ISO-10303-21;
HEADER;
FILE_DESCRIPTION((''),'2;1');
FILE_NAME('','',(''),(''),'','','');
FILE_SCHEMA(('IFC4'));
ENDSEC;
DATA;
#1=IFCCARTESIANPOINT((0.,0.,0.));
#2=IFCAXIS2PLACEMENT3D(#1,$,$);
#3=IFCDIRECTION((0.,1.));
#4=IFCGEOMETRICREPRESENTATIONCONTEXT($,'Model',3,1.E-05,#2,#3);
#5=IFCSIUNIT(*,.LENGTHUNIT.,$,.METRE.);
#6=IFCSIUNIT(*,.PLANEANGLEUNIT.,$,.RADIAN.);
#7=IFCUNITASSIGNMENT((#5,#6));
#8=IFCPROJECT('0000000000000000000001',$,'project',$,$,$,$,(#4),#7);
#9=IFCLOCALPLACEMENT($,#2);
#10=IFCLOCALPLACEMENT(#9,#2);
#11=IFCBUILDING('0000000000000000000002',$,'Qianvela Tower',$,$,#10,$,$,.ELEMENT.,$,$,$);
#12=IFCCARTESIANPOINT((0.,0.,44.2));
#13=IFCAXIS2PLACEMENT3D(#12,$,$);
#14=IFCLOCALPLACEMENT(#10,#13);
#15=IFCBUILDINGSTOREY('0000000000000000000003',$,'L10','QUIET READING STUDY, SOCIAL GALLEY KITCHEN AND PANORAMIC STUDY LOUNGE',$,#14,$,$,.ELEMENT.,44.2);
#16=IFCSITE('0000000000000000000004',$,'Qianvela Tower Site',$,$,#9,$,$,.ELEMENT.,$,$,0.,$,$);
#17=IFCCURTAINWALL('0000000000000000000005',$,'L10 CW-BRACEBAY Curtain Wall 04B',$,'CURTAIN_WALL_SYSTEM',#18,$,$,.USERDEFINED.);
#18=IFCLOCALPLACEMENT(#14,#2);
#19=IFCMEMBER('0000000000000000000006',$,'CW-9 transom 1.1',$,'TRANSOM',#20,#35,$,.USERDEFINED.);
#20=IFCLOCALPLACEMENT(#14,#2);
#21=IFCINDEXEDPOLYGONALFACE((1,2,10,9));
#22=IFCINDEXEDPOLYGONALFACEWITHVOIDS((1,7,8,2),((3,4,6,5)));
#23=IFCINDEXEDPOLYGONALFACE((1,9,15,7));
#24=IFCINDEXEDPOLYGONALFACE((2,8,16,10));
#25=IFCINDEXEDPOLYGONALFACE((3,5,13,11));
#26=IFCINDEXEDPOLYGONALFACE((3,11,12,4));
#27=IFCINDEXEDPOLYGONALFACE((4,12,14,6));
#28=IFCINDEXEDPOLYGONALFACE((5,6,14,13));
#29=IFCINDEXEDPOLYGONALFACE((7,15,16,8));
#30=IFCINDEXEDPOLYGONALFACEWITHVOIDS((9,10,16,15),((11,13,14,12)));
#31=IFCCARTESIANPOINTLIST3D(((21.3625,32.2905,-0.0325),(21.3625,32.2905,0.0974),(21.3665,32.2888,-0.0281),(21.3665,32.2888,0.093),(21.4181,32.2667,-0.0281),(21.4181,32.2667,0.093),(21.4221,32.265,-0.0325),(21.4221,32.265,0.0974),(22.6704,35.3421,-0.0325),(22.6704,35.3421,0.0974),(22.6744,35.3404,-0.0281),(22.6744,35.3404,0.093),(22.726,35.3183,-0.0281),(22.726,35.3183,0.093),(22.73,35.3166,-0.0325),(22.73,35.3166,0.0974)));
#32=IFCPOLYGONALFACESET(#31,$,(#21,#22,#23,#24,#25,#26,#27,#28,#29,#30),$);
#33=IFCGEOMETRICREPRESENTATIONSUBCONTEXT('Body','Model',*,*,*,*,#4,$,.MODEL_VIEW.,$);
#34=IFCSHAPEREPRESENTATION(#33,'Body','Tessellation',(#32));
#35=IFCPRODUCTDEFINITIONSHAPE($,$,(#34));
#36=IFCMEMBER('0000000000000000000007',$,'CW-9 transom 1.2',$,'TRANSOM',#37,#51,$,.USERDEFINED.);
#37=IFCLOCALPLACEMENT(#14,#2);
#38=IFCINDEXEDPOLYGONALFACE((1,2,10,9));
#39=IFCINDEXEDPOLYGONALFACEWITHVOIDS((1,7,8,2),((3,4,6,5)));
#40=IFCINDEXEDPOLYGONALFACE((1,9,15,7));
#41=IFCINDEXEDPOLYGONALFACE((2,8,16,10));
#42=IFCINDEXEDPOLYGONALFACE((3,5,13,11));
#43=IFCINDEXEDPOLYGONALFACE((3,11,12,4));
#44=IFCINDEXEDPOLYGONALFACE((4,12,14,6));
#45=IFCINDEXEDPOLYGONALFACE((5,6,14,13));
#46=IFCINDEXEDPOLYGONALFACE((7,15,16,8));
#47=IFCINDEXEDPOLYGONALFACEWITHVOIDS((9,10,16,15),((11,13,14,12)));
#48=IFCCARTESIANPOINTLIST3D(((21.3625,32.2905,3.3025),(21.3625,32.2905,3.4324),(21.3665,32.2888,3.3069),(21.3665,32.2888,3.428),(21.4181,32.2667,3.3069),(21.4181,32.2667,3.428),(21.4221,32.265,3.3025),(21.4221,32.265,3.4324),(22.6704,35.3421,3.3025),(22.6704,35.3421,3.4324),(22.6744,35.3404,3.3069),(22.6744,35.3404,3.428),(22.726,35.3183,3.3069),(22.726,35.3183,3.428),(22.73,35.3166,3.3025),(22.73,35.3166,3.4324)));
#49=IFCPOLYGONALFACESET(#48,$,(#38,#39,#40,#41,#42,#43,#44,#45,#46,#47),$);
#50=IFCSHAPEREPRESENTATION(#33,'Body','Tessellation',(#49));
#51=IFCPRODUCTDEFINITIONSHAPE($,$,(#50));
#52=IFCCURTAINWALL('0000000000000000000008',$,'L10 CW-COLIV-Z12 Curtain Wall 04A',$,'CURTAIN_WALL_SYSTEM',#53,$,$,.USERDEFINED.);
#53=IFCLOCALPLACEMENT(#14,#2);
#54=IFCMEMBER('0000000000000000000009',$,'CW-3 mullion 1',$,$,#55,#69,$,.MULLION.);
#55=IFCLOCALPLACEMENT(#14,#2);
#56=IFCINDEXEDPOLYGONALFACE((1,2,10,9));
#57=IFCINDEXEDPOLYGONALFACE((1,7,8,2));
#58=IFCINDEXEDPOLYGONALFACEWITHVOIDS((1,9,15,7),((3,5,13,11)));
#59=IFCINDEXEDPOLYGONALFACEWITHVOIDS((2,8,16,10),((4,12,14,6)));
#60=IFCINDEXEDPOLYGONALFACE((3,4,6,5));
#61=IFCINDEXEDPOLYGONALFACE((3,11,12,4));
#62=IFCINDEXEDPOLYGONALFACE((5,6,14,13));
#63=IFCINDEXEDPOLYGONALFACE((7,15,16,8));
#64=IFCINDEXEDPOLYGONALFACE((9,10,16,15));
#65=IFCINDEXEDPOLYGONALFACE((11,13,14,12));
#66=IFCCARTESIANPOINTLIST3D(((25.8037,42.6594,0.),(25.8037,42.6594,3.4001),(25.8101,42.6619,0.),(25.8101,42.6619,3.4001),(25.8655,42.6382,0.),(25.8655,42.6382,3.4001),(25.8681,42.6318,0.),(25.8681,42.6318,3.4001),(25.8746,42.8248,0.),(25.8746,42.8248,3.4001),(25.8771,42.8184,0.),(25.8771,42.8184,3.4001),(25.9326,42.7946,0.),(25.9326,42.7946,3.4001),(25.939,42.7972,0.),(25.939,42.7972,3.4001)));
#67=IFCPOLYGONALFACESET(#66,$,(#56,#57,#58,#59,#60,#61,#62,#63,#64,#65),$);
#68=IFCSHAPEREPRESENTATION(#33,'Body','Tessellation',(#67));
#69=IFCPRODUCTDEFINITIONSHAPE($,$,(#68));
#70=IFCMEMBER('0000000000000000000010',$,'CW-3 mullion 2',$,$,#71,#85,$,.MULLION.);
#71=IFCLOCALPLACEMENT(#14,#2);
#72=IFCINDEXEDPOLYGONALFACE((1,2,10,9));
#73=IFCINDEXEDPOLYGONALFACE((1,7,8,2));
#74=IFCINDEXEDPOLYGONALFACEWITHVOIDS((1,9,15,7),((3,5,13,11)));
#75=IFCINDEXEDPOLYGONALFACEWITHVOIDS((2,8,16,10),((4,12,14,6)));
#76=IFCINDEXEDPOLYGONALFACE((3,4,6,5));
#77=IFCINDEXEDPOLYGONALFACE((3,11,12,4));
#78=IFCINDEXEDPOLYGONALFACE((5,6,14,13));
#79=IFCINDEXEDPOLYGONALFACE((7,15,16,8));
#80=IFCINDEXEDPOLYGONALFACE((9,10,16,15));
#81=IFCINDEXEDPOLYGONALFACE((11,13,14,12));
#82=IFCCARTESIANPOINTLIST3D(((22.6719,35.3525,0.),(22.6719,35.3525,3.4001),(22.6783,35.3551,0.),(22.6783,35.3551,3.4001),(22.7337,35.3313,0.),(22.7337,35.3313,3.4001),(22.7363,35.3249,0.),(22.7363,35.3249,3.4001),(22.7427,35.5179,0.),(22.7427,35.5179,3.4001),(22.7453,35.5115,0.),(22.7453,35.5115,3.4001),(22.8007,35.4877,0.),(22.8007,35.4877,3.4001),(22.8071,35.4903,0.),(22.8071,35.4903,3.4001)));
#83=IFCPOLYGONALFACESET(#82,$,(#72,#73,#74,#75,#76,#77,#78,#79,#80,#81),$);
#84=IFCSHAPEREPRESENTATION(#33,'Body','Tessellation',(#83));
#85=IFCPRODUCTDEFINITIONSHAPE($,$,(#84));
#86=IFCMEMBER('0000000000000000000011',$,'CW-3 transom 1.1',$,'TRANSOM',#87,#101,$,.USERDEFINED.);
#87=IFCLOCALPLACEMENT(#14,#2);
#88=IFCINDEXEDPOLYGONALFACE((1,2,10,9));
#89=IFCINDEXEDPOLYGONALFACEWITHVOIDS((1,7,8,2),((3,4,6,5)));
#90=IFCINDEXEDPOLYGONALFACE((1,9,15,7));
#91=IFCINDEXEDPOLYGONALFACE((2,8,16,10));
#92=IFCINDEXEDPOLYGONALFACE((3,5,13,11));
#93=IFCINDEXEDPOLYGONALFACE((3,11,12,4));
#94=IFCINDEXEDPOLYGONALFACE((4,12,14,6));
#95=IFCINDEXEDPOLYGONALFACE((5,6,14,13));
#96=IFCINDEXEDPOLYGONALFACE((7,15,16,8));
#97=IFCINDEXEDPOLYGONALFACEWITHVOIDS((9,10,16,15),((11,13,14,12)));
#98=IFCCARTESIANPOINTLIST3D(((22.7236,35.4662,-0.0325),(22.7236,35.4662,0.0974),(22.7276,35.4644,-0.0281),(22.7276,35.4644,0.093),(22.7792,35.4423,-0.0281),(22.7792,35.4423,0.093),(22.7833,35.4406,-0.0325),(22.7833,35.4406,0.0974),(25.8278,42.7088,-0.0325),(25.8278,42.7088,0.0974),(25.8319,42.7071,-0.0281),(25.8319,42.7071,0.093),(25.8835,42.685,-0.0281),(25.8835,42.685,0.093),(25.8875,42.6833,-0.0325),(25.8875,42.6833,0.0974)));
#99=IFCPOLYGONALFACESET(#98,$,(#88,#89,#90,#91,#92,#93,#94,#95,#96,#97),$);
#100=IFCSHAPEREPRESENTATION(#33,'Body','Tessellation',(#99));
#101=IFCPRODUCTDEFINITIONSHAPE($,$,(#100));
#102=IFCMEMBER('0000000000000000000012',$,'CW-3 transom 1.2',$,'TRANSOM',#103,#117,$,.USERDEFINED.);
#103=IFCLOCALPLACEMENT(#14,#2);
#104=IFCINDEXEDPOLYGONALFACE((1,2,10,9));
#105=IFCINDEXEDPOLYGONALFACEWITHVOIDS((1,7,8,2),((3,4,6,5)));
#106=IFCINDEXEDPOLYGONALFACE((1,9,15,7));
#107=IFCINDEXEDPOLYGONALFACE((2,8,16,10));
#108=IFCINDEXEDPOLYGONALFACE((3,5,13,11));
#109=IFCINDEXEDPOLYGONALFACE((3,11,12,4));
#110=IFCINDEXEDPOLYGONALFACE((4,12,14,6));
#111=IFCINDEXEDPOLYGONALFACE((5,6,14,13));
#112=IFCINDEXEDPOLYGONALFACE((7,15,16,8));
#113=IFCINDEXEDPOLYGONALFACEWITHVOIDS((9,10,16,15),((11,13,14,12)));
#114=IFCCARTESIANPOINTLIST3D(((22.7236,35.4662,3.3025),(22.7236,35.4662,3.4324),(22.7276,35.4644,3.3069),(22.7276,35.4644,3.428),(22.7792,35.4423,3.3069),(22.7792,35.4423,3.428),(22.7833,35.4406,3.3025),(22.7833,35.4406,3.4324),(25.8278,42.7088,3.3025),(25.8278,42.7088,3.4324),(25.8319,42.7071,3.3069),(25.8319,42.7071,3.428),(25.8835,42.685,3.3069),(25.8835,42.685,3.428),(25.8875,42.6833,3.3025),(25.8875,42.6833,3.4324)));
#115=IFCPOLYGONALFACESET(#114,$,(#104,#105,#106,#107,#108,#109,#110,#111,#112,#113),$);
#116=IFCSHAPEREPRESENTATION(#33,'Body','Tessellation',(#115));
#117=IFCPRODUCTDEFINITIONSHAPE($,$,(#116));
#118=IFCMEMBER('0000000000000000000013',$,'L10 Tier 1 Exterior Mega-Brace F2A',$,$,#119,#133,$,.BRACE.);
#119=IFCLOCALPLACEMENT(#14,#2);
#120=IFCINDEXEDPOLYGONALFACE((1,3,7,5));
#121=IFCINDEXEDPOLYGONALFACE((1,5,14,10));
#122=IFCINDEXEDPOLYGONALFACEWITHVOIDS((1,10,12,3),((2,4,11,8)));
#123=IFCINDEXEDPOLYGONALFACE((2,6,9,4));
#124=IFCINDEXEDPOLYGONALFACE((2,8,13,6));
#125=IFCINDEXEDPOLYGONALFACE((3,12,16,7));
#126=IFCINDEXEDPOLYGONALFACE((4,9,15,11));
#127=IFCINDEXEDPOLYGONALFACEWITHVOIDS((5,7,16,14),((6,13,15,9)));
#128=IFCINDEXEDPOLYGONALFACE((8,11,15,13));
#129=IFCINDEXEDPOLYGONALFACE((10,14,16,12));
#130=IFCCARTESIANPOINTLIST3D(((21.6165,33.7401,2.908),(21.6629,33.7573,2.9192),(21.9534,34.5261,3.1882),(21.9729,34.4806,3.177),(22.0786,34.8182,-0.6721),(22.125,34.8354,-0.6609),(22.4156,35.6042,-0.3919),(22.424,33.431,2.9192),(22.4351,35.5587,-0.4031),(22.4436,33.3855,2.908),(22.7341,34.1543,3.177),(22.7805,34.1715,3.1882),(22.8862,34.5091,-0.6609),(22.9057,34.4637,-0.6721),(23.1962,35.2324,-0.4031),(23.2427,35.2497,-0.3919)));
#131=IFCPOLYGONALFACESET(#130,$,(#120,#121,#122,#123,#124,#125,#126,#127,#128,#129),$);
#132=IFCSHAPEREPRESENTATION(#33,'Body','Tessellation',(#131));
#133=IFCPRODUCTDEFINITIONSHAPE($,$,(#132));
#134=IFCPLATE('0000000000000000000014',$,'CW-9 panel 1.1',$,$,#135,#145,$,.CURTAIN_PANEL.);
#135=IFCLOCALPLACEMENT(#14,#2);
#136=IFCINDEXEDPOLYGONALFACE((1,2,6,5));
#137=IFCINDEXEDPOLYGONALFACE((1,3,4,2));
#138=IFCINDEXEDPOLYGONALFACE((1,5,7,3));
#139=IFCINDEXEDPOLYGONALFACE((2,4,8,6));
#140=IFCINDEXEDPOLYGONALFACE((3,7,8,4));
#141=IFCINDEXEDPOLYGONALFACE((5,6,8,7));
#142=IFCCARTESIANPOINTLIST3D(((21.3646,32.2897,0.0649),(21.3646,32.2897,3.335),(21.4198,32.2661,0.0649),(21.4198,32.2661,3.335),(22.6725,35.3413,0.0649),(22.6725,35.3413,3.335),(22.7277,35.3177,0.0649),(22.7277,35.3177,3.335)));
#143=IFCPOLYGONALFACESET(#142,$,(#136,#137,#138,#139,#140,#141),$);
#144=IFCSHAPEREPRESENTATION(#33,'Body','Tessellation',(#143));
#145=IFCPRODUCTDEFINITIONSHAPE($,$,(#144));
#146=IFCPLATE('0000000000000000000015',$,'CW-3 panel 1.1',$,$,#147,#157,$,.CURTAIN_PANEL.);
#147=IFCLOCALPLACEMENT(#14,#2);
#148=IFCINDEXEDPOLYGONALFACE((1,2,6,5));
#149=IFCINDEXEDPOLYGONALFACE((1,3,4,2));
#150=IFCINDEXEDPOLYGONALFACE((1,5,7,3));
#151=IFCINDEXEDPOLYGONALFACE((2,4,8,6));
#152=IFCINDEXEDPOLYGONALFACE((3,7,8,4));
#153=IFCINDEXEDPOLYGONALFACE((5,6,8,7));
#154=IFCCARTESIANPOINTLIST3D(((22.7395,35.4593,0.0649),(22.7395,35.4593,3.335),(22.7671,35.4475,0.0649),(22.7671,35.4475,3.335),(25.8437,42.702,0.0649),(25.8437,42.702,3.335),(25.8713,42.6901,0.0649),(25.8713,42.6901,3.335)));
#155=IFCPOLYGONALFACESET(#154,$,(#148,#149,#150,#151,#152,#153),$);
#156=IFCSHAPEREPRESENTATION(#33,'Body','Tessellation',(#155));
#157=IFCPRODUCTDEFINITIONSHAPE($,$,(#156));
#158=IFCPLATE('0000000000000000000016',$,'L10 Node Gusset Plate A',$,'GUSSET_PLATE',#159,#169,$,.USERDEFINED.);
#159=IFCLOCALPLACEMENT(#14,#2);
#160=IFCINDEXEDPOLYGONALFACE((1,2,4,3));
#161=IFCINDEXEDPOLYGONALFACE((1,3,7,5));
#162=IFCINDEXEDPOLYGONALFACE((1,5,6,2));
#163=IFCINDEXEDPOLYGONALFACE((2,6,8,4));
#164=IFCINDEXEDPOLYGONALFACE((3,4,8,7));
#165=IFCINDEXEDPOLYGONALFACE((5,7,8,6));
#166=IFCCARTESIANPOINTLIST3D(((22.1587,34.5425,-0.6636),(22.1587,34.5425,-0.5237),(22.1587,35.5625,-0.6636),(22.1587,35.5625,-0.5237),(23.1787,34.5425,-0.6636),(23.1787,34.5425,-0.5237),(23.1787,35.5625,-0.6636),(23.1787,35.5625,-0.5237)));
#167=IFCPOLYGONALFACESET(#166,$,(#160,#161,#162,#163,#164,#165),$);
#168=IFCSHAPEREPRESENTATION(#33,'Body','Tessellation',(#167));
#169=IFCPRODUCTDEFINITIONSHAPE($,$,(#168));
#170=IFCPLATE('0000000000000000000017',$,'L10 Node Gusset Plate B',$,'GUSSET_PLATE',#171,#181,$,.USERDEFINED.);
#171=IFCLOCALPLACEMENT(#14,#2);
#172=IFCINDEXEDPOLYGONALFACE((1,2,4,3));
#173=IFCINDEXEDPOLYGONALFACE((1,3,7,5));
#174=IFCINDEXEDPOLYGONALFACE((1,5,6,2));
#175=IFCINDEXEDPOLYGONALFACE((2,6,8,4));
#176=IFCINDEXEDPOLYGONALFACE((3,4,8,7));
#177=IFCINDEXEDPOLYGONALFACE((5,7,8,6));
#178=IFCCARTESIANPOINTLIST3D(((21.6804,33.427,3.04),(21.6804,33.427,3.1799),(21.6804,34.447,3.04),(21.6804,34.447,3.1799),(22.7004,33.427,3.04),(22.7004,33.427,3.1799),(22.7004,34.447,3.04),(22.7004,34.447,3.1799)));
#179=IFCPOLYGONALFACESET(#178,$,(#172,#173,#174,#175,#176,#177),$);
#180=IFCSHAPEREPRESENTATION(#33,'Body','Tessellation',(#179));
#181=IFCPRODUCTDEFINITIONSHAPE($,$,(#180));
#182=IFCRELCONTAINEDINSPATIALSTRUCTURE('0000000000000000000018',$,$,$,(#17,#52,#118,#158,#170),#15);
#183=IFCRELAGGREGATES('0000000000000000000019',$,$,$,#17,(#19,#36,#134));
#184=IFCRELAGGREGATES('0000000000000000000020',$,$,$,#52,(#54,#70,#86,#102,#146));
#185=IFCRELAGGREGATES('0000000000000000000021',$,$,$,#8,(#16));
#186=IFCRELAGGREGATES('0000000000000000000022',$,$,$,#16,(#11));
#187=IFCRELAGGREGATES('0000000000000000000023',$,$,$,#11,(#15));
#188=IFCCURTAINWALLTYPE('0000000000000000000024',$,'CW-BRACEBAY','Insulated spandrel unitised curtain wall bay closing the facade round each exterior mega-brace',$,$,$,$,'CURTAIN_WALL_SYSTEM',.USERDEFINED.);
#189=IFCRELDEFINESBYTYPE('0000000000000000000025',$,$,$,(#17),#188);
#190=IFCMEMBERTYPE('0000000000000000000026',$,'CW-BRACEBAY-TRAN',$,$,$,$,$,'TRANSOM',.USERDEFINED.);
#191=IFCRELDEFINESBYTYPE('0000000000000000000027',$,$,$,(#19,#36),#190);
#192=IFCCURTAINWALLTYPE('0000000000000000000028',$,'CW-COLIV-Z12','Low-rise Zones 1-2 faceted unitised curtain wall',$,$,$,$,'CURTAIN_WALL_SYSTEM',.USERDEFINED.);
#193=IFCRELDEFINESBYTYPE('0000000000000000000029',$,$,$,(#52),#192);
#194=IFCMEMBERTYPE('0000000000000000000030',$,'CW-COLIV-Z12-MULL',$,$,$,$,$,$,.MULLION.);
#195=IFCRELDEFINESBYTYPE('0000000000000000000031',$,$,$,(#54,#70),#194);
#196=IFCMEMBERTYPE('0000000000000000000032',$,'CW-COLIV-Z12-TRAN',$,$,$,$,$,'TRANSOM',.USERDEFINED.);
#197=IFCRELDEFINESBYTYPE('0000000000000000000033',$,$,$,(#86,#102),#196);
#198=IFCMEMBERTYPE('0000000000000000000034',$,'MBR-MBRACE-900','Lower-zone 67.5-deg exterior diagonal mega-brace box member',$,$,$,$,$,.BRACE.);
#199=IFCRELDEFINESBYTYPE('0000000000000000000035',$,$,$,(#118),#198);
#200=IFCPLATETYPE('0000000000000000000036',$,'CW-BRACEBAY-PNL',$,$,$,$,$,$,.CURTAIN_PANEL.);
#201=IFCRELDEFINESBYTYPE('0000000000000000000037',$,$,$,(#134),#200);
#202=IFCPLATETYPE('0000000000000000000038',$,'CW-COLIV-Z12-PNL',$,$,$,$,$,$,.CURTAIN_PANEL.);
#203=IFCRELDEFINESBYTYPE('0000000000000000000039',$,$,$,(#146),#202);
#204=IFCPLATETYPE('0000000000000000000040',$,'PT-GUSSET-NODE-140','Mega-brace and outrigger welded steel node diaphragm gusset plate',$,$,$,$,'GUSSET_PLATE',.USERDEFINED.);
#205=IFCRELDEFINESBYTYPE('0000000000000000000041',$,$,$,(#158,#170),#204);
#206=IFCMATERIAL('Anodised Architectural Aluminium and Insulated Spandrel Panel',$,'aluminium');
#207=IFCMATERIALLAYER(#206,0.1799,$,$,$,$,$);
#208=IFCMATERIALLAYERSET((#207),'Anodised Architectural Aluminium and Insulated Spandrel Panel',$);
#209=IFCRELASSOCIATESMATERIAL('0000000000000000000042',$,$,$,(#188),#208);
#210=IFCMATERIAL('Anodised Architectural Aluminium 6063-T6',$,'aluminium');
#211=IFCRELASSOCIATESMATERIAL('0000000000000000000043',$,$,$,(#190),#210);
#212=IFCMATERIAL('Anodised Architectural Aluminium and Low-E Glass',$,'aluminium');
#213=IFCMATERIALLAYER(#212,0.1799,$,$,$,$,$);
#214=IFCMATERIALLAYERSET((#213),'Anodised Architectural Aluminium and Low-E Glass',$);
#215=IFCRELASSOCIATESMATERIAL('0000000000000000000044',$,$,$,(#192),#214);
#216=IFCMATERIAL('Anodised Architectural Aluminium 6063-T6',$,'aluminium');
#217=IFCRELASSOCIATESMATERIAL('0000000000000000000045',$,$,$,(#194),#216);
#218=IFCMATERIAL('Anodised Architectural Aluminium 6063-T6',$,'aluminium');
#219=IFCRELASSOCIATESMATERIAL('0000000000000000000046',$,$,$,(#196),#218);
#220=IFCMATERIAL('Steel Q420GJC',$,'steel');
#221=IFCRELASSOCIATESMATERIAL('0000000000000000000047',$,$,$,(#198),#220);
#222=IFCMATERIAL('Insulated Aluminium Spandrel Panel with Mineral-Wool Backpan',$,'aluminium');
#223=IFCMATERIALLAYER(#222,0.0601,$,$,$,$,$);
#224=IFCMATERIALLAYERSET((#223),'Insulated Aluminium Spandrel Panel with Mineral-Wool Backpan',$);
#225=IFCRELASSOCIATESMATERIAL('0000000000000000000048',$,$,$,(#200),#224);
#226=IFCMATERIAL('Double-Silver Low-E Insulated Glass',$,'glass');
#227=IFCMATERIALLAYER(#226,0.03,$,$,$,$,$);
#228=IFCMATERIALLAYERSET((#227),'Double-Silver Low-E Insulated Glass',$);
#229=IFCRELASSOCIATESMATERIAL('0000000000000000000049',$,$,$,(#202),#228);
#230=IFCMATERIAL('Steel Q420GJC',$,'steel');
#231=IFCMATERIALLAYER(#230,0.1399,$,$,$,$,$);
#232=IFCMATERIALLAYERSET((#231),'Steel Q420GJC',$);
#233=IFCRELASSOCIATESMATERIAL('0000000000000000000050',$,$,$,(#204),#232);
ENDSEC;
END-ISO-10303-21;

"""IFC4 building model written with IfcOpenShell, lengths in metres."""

from ifc_helpers import new_model, si_unit, direction, frame, origin, origin_2d, place, context, subcontext, project, spatial, rectangle, hollow_rectangle, extrude, material, layer, layer_set, material_profile, profile_set, type_object, element, aggregate, save


model = new_model("IFC4")

# Units and contexts
model_context = context("Model", 3, precision=1e-05, world=origin(), true_north=direction((0.0, 1.0)))
body_context = subcontext(model_context, "Body", "Model", "MODEL_VIEW")
ifc_project = project(units=[si_unit("LENGTHUNIT", "METRE"), si_unit("PLANEANGLEUNIT", "RADIAN")], contexts=[model_context])

# Site, building, storey
site_placement = place(None, origin())
site = spatial("IfcSite", under=ifc_project, at=site_placement, Name="Qianvela Tower Site", CompositionType="ELEMENT", RefElevation=0.0)
building_placement = place(site_placement, origin())
building = spatial("IfcBuilding", under=site, at=building_placement, Name="Qianvela Tower", CompositionType="ELEMENT")
storey_placement = place(building_placement, frame((0.0, 0.0, 44.2)))
storey = spatial("IfcBuildingStorey", under=building, at=storey_placement, Name="L10", Description="QUIET READING STUDY, SOCIAL GALLEY KITCHEN AND PANORAMIC STUDY LOUNGE", CompositionType="ELEMENT", Elevation=44.2)

# Curtain walls, members
ifc_material_1 = material(Name="Anodised Architectural Aluminium and Insulated Spandrel Panel", Category="aluminium")
ifc_layer_1 = layer(ifc_material_1, 0.1799)
ifc_layer_set_1 = layer_set([ifc_layer_1], Name="Anodised Architectural Aluminium and Insulated Spandrel Panel")
curtain_wall_type_1 = type_object("IfcCurtainWallType", Name="CW-BRACEBAY", Description="Insulated spandrel unitised curtain wall bay closing the facade round each exterior mega-brace", ElementType="CURTAIN_WALL_SYSTEM", PredefinedType="USERDEFINED", material=ifc_layer_set_1)
curtain_wall_1_placement = place(storey_placement, origin())
curtain_wall_1 = element("IfcCurtainWall", 1, at=curtain_wall_1_placement, inside=storey, type_object=curtain_wall_type_1, Name="L10 CW-BRACEBAY Curtain Wall 04B", ObjectType="CURTAIN_WALL_SYSTEM", PredefinedType="USERDEFINED")
ifc_material_2 = material(Name="Anodised Architectural Aluminium 6063-T6", Category="aluminium")
ifc_material_profile_1 = material_profile(ifc_material_2, hollow_rectangle(XDim=0.0649, YDim=0.1299, WallThickness=0.0044, at=origin_2d()), Name="ALU-TRAN-65x130")
ifc_profile_set_1 = profile_set([ifc_material_profile_1], Name="Anodised Architectural Aluminium 6063-T6")
member_type_1 = type_object("IfcMemberType", Name="CW-BRACEBAY-TRAN", ElementType="TRANSOM", PredefinedType="USERDEFINED", material=ifc_profile_set_1)
member_1_placement = place(storey_placement, frame((22.7002, 35.3293, 0.0325), z_axis=(-0.393937, -0.919137, 0.0), x_axis=(0.919137, -0.393937, 0.0)))
member_1 = element("IfcMember", 2, at=member_1_placement, type_object=member_type_1, Name="CW-9 transom 1.1", ObjectType="TRANSOM", PredefinedType="USERDEFINED", context=body_context, shape_type="SweptSolid", body=[
    extrude(hollow_rectangle(XDim=0.0649, YDim=0.1299, WallThickness=0.0044, at=origin_2d()), origin(), (0.0, 0.0, 1.0), 3.3201),
])
member_2_placement = place(storey_placement, frame((22.7002, 35.3293, 3.3674), z_axis=(-0.393937, -0.919137, 0.0), x_axis=(0.919137, -0.393937, 0.0)))
member_2 = element("IfcMember", 3, at=member_2_placement, type_object=member_type_1, Name="CW-9 transom 1.2", ObjectType="TRANSOM", PredefinedType="USERDEFINED", context=body_context, shape_type="SweptSolid", body=[
    extrude(hollow_rectangle(XDim=0.0649, YDim=0.1299, WallThickness=0.0044, at=origin_2d()), origin(), (0.0, 0.0, 1.0), 3.3201),
])
ifc_material_3 = material(Name="Anodised Architectural Aluminium and Low-E Glass", Category="aluminium")
ifc_layer_2 = layer(ifc_material_3, 0.1799)
ifc_layer_set_2 = layer_set([ifc_layer_2], Name="Anodised Architectural Aluminium and Low-E Glass")
curtain_wall_type_2 = type_object("IfcCurtainWallType", Name="CW-COLIV-Z12", Description="Low-rise Zones 1-2 faceted unitised curtain wall", ElementType="CURTAIN_WALL_SYSTEM", PredefinedType="USERDEFINED", material=ifc_layer_set_2)
curtain_wall_2_placement = place(storey_placement, origin())
curtain_wall_2 = element("IfcCurtainWall", 4, at=curtain_wall_2_placement, inside=storey, type_object=curtain_wall_type_2, Name="L10 CW-COLIV-Z12 Curtain Wall 04A", ObjectType="CURTAIN_WALL_SYSTEM", PredefinedType="USERDEFINED")
ifc_material_4 = material(Name="Anodised Architectural Aluminium 6063-T6", Category="aluminium")
ifc_material_profile_2 = material_profile(ifc_material_4, hollow_rectangle(XDim=0.0701, YDim=0.1799, WallThickness=0.0049, at=origin_2d()), Name="ALU-MULL-70x180")
ifc_profile_set_2 = profile_set([ifc_material_profile_2], Name="Anodised Architectural Aluminium 6063-T6")
member_type_2 = type_object("IfcMemberType", Name="CW-COLIV-Z12-MULL", PredefinedType="MULLION", material=ifc_profile_set_2)
member_3_placement = place(storey_placement, frame((25.8713, 42.7283, 0.0), z_axis=(0.0, 0.0, 1.0), x_axis=(0.919135, -0.393943, 0.0)))
member_3 = element("IfcMember", 5, at=member_3_placement, type_object=member_type_2, Name="CW-3 mullion 1", PredefinedType="MULLION", context=body_context, shape_type="SweptSolid", body=[
    extrude(hollow_rectangle(XDim=0.0701, YDim=0.1799, WallThickness=0.0049, at=origin_2d()), origin(), (0.0, 0.0, 1.0), 3.4001),
])
member_4_placement = place(storey_placement, frame((22.7395, 35.4214, 0.0), z_axis=(0.0, 0.0, 1.0), x_axis=(0.919135, -0.393943, 0.0)))
member_4 = element("IfcMember", 6, at=member_4_placement, type_object=member_type_2, Name="CW-3 mullion 2", PredefinedType="MULLION", context=body_context, shape_type="SweptSolid", body=[
    extrude(hollow_rectangle(XDim=0.0701, YDim=0.1799, WallThickness=0.0049, at=origin_2d()), origin(), (0.0, 0.0, 1.0), 3.4001),
])
ifc_material_5 = material(Name="Anodised Architectural Aluminium 6063-T6", Category="aluminium")
ifc_material_profile_3 = material_profile(ifc_material_5, hollow_rectangle(XDim=0.0649, YDim=0.1299, WallThickness=0.0044, at=origin_2d()), Name="ALU-TRAN-65x130")
ifc_profile_set_3 = profile_set([ifc_material_profile_3], Name="Anodised Architectural Aluminium 6063-T6")
member_type_3 = type_object("IfcMemberType", Name="CW-COLIV-Z12-TRAN", ElementType="TRANSOM", PredefinedType="USERDEFINED", material=ifc_profile_set_3)
member_5_placement = place(storey_placement, frame((25.8577, 42.696, 0.0325), z_axis=(-0.393945, -0.919134, 0.0), x_axis=(0.919134, -0.393945, 0.0)))
member_5 = element("IfcMember", 7, at=member_5_placement, type_object=member_type_3, Name="CW-3 transom 1.1", ObjectType="TRANSOM", PredefinedType="USERDEFINED", context=body_context, shape_type="SweptSolid", body=[
    extrude(hollow_rectangle(XDim=0.0649, YDim=0.1299, WallThickness=0.0044, at=origin_2d()), origin(), (0.0, 0.0, 1.0), 7.8799),
])
member_6_placement = place(storey_placement, frame((25.8577, 42.696, 3.3674), z_axis=(-0.393945, -0.919134, 0.0), x_axis=(0.919134, -0.393945, 0.0)))
member_6 = element("IfcMember", 8, at=member_6_placement, type_object=member_type_3, Name="CW-3 transom 1.2", ObjectType="TRANSOM", PredefinedType="USERDEFINED", context=body_context, shape_type="SweptSolid", body=[
    extrude(hollow_rectangle(XDim=0.0649, YDim=0.1299, WallThickness=0.0044, at=origin_2d()), origin(), (0.0, 0.0, 1.0), 7.8799),
])

# Member
ifc_material_6 = material(Name="Steel Q420GJC", Category="steel")
ifc_material_profile_4 = material_profile(ifc_material_6, hollow_rectangle(XDim=0.8999, YDim=0.8999, WallThickness=0.0359, at=origin_2d()), Name="MBOX-900x900x36")
ifc_profile_set_4 = profile_set([ifc_material_profile_4], Name="Steel Q420GJC")
member_type_4 = type_object("IfcMemberType", Name="MBR-MBRACE-900", Description="Lower-zone 67.5-deg exterior diagonal mega-brace box member", PredefinedType="BRACE", material=ifc_profile_set_4)
member_7_placement = place(storey_placement, frame((22.6606, 35.0339, -0.532), z_axis=(-0.122675, -0.286176, 0.950292), x_axis=(0.919113, -0.393995, 0.0)))
element("IfcMember", 9, at=member_7_placement, inside=storey, type_object=member_type_4, Name="L10 Tier 1 Exterior Mega-Brace F2A", PredefinedType="BRACE", context=body_context, shape_type="SweptSolid", body=[
    extrude(hollow_rectangle(XDim=0.8999, YDim=0.8999, WallThickness=0.0359, at=origin_2d()), origin(), (0.0, 0.0, 1.0), 3.7673),
])

# Plates
ifc_material_7 = material(Name="Insulated Aluminium Spandrel Panel with Mineral-Wool Backpan", Category="aluminium")
ifc_layer_3 = layer(ifc_material_7, 0.0601)
ifc_layer_set_3 = layer_set([ifc_layer_3], Name="Insulated Aluminium Spandrel Panel with Mineral-Wool Backpan")
plate_type_1 = type_object("IfcPlateType", Name="CW-BRACEBAY-PNL", PredefinedType="CURTAIN_PANEL", material=ifc_layer_set_3)
plate_1_placement = place(storey_placement, frame((22.0461, 33.8037, 0.0649), z_axis=(0.0, 0.0, 1.0), x_axis=(-0.393944, -0.919135, 0.0)))
plate_1 = element("IfcPlate", 10, at=plate_1_placement, type_object=plate_type_1, Name="CW-9 panel 1.1", PredefinedType="CURTAIN_PANEL", context=body_context, shape_type="SweptSolid", body=[
    extrude(rectangle(XDim=3.3201, YDim=0.0601, at=origin_2d()), origin(), (0.0, 0.0, 1.0), 3.27),
])
aggregate(curtain_wall_1, [member_1, member_2, plate_1])
ifc_material_8 = material(Name="Double-Silver Low-E Insulated Glass", Category="glass")
ifc_layer_4 = layer(ifc_material_8, 0.03)
ifc_layer_set_4 = layer_set([ifc_layer_4], Name="Double-Silver Low-E Insulated Glass")
plate_type_2 = type_object("IfcPlateType", Name="CW-COLIV-Z12-PNL", PredefinedType="CURTAIN_PANEL", material=ifc_layer_set_4)
plate_2_placement = place(storey_placement, frame((24.3054, 39.0747, 0.0649), z_axis=(0.0, 0.0, 1.0), x_axis=(-0.393943, -0.919135, 0.0)))
plate_2 = element("IfcPlate", 11, at=plate_2_placement, type_object=plate_type_2, Name="CW-3 panel 1.1", PredefinedType="CURTAIN_PANEL", context=body_context, shape_type="SweptSolid", body=[
    extrude(rectangle(XDim=7.8799, YDim=0.03, at=origin_2d()), origin(), (0.0, 0.0, 1.0), 3.27),
])
aggregate(curtain_wall_2, [member_3, member_4, member_5, member_6, plate_2])

# Plates
ifc_material_9 = material(Name="Steel Q420GJC", Category="steel")
ifc_layer_5 = layer(ifc_material_9, 0.1399)
ifc_layer_set_5 = layer_set([ifc_layer_5], Name="Steel Q420GJC")
plate_type_3 = type_object("IfcPlateType", Name="PT-GUSSET-NODE-140", Description="Mega-brace and outrigger welded steel node diaphragm gusset plate", ElementType="GUSSET_PLATE", PredefinedType="USERDEFINED", material=ifc_layer_set_5)
for number, where, z_axis, x_axis, name in (
    (12, (22.6687, 35.0525, -0.6636), (0.0, 0.0, 1.0), (1.0, 0.0, 0.0), "L10 Node Gusset Plate A"),
    (13, (22.1904, 33.937, 3.04), (0.0, 0.0, 1.0), (1.0, 0.0, 0.0), "L10 Node Gusset Plate B"),
):
    element("IfcPlate", number, at=place(storey_placement, frame(where, z_axis=z_axis, x_axis=x_axis)), inside=storey, type_object=plate_type_3, Name=name, ObjectType="GUSSET_PLATE", PredefinedType="USERDEFINED", context=body_context, shape_type="SweptSolid", body=[
        extrude(rectangle(XDim=1.02, YDim=1.02, at=origin_2d()), origin(), (0.0, 0.0, 1.0), 0.1399),
    ])

save(model, "model.ifc")
